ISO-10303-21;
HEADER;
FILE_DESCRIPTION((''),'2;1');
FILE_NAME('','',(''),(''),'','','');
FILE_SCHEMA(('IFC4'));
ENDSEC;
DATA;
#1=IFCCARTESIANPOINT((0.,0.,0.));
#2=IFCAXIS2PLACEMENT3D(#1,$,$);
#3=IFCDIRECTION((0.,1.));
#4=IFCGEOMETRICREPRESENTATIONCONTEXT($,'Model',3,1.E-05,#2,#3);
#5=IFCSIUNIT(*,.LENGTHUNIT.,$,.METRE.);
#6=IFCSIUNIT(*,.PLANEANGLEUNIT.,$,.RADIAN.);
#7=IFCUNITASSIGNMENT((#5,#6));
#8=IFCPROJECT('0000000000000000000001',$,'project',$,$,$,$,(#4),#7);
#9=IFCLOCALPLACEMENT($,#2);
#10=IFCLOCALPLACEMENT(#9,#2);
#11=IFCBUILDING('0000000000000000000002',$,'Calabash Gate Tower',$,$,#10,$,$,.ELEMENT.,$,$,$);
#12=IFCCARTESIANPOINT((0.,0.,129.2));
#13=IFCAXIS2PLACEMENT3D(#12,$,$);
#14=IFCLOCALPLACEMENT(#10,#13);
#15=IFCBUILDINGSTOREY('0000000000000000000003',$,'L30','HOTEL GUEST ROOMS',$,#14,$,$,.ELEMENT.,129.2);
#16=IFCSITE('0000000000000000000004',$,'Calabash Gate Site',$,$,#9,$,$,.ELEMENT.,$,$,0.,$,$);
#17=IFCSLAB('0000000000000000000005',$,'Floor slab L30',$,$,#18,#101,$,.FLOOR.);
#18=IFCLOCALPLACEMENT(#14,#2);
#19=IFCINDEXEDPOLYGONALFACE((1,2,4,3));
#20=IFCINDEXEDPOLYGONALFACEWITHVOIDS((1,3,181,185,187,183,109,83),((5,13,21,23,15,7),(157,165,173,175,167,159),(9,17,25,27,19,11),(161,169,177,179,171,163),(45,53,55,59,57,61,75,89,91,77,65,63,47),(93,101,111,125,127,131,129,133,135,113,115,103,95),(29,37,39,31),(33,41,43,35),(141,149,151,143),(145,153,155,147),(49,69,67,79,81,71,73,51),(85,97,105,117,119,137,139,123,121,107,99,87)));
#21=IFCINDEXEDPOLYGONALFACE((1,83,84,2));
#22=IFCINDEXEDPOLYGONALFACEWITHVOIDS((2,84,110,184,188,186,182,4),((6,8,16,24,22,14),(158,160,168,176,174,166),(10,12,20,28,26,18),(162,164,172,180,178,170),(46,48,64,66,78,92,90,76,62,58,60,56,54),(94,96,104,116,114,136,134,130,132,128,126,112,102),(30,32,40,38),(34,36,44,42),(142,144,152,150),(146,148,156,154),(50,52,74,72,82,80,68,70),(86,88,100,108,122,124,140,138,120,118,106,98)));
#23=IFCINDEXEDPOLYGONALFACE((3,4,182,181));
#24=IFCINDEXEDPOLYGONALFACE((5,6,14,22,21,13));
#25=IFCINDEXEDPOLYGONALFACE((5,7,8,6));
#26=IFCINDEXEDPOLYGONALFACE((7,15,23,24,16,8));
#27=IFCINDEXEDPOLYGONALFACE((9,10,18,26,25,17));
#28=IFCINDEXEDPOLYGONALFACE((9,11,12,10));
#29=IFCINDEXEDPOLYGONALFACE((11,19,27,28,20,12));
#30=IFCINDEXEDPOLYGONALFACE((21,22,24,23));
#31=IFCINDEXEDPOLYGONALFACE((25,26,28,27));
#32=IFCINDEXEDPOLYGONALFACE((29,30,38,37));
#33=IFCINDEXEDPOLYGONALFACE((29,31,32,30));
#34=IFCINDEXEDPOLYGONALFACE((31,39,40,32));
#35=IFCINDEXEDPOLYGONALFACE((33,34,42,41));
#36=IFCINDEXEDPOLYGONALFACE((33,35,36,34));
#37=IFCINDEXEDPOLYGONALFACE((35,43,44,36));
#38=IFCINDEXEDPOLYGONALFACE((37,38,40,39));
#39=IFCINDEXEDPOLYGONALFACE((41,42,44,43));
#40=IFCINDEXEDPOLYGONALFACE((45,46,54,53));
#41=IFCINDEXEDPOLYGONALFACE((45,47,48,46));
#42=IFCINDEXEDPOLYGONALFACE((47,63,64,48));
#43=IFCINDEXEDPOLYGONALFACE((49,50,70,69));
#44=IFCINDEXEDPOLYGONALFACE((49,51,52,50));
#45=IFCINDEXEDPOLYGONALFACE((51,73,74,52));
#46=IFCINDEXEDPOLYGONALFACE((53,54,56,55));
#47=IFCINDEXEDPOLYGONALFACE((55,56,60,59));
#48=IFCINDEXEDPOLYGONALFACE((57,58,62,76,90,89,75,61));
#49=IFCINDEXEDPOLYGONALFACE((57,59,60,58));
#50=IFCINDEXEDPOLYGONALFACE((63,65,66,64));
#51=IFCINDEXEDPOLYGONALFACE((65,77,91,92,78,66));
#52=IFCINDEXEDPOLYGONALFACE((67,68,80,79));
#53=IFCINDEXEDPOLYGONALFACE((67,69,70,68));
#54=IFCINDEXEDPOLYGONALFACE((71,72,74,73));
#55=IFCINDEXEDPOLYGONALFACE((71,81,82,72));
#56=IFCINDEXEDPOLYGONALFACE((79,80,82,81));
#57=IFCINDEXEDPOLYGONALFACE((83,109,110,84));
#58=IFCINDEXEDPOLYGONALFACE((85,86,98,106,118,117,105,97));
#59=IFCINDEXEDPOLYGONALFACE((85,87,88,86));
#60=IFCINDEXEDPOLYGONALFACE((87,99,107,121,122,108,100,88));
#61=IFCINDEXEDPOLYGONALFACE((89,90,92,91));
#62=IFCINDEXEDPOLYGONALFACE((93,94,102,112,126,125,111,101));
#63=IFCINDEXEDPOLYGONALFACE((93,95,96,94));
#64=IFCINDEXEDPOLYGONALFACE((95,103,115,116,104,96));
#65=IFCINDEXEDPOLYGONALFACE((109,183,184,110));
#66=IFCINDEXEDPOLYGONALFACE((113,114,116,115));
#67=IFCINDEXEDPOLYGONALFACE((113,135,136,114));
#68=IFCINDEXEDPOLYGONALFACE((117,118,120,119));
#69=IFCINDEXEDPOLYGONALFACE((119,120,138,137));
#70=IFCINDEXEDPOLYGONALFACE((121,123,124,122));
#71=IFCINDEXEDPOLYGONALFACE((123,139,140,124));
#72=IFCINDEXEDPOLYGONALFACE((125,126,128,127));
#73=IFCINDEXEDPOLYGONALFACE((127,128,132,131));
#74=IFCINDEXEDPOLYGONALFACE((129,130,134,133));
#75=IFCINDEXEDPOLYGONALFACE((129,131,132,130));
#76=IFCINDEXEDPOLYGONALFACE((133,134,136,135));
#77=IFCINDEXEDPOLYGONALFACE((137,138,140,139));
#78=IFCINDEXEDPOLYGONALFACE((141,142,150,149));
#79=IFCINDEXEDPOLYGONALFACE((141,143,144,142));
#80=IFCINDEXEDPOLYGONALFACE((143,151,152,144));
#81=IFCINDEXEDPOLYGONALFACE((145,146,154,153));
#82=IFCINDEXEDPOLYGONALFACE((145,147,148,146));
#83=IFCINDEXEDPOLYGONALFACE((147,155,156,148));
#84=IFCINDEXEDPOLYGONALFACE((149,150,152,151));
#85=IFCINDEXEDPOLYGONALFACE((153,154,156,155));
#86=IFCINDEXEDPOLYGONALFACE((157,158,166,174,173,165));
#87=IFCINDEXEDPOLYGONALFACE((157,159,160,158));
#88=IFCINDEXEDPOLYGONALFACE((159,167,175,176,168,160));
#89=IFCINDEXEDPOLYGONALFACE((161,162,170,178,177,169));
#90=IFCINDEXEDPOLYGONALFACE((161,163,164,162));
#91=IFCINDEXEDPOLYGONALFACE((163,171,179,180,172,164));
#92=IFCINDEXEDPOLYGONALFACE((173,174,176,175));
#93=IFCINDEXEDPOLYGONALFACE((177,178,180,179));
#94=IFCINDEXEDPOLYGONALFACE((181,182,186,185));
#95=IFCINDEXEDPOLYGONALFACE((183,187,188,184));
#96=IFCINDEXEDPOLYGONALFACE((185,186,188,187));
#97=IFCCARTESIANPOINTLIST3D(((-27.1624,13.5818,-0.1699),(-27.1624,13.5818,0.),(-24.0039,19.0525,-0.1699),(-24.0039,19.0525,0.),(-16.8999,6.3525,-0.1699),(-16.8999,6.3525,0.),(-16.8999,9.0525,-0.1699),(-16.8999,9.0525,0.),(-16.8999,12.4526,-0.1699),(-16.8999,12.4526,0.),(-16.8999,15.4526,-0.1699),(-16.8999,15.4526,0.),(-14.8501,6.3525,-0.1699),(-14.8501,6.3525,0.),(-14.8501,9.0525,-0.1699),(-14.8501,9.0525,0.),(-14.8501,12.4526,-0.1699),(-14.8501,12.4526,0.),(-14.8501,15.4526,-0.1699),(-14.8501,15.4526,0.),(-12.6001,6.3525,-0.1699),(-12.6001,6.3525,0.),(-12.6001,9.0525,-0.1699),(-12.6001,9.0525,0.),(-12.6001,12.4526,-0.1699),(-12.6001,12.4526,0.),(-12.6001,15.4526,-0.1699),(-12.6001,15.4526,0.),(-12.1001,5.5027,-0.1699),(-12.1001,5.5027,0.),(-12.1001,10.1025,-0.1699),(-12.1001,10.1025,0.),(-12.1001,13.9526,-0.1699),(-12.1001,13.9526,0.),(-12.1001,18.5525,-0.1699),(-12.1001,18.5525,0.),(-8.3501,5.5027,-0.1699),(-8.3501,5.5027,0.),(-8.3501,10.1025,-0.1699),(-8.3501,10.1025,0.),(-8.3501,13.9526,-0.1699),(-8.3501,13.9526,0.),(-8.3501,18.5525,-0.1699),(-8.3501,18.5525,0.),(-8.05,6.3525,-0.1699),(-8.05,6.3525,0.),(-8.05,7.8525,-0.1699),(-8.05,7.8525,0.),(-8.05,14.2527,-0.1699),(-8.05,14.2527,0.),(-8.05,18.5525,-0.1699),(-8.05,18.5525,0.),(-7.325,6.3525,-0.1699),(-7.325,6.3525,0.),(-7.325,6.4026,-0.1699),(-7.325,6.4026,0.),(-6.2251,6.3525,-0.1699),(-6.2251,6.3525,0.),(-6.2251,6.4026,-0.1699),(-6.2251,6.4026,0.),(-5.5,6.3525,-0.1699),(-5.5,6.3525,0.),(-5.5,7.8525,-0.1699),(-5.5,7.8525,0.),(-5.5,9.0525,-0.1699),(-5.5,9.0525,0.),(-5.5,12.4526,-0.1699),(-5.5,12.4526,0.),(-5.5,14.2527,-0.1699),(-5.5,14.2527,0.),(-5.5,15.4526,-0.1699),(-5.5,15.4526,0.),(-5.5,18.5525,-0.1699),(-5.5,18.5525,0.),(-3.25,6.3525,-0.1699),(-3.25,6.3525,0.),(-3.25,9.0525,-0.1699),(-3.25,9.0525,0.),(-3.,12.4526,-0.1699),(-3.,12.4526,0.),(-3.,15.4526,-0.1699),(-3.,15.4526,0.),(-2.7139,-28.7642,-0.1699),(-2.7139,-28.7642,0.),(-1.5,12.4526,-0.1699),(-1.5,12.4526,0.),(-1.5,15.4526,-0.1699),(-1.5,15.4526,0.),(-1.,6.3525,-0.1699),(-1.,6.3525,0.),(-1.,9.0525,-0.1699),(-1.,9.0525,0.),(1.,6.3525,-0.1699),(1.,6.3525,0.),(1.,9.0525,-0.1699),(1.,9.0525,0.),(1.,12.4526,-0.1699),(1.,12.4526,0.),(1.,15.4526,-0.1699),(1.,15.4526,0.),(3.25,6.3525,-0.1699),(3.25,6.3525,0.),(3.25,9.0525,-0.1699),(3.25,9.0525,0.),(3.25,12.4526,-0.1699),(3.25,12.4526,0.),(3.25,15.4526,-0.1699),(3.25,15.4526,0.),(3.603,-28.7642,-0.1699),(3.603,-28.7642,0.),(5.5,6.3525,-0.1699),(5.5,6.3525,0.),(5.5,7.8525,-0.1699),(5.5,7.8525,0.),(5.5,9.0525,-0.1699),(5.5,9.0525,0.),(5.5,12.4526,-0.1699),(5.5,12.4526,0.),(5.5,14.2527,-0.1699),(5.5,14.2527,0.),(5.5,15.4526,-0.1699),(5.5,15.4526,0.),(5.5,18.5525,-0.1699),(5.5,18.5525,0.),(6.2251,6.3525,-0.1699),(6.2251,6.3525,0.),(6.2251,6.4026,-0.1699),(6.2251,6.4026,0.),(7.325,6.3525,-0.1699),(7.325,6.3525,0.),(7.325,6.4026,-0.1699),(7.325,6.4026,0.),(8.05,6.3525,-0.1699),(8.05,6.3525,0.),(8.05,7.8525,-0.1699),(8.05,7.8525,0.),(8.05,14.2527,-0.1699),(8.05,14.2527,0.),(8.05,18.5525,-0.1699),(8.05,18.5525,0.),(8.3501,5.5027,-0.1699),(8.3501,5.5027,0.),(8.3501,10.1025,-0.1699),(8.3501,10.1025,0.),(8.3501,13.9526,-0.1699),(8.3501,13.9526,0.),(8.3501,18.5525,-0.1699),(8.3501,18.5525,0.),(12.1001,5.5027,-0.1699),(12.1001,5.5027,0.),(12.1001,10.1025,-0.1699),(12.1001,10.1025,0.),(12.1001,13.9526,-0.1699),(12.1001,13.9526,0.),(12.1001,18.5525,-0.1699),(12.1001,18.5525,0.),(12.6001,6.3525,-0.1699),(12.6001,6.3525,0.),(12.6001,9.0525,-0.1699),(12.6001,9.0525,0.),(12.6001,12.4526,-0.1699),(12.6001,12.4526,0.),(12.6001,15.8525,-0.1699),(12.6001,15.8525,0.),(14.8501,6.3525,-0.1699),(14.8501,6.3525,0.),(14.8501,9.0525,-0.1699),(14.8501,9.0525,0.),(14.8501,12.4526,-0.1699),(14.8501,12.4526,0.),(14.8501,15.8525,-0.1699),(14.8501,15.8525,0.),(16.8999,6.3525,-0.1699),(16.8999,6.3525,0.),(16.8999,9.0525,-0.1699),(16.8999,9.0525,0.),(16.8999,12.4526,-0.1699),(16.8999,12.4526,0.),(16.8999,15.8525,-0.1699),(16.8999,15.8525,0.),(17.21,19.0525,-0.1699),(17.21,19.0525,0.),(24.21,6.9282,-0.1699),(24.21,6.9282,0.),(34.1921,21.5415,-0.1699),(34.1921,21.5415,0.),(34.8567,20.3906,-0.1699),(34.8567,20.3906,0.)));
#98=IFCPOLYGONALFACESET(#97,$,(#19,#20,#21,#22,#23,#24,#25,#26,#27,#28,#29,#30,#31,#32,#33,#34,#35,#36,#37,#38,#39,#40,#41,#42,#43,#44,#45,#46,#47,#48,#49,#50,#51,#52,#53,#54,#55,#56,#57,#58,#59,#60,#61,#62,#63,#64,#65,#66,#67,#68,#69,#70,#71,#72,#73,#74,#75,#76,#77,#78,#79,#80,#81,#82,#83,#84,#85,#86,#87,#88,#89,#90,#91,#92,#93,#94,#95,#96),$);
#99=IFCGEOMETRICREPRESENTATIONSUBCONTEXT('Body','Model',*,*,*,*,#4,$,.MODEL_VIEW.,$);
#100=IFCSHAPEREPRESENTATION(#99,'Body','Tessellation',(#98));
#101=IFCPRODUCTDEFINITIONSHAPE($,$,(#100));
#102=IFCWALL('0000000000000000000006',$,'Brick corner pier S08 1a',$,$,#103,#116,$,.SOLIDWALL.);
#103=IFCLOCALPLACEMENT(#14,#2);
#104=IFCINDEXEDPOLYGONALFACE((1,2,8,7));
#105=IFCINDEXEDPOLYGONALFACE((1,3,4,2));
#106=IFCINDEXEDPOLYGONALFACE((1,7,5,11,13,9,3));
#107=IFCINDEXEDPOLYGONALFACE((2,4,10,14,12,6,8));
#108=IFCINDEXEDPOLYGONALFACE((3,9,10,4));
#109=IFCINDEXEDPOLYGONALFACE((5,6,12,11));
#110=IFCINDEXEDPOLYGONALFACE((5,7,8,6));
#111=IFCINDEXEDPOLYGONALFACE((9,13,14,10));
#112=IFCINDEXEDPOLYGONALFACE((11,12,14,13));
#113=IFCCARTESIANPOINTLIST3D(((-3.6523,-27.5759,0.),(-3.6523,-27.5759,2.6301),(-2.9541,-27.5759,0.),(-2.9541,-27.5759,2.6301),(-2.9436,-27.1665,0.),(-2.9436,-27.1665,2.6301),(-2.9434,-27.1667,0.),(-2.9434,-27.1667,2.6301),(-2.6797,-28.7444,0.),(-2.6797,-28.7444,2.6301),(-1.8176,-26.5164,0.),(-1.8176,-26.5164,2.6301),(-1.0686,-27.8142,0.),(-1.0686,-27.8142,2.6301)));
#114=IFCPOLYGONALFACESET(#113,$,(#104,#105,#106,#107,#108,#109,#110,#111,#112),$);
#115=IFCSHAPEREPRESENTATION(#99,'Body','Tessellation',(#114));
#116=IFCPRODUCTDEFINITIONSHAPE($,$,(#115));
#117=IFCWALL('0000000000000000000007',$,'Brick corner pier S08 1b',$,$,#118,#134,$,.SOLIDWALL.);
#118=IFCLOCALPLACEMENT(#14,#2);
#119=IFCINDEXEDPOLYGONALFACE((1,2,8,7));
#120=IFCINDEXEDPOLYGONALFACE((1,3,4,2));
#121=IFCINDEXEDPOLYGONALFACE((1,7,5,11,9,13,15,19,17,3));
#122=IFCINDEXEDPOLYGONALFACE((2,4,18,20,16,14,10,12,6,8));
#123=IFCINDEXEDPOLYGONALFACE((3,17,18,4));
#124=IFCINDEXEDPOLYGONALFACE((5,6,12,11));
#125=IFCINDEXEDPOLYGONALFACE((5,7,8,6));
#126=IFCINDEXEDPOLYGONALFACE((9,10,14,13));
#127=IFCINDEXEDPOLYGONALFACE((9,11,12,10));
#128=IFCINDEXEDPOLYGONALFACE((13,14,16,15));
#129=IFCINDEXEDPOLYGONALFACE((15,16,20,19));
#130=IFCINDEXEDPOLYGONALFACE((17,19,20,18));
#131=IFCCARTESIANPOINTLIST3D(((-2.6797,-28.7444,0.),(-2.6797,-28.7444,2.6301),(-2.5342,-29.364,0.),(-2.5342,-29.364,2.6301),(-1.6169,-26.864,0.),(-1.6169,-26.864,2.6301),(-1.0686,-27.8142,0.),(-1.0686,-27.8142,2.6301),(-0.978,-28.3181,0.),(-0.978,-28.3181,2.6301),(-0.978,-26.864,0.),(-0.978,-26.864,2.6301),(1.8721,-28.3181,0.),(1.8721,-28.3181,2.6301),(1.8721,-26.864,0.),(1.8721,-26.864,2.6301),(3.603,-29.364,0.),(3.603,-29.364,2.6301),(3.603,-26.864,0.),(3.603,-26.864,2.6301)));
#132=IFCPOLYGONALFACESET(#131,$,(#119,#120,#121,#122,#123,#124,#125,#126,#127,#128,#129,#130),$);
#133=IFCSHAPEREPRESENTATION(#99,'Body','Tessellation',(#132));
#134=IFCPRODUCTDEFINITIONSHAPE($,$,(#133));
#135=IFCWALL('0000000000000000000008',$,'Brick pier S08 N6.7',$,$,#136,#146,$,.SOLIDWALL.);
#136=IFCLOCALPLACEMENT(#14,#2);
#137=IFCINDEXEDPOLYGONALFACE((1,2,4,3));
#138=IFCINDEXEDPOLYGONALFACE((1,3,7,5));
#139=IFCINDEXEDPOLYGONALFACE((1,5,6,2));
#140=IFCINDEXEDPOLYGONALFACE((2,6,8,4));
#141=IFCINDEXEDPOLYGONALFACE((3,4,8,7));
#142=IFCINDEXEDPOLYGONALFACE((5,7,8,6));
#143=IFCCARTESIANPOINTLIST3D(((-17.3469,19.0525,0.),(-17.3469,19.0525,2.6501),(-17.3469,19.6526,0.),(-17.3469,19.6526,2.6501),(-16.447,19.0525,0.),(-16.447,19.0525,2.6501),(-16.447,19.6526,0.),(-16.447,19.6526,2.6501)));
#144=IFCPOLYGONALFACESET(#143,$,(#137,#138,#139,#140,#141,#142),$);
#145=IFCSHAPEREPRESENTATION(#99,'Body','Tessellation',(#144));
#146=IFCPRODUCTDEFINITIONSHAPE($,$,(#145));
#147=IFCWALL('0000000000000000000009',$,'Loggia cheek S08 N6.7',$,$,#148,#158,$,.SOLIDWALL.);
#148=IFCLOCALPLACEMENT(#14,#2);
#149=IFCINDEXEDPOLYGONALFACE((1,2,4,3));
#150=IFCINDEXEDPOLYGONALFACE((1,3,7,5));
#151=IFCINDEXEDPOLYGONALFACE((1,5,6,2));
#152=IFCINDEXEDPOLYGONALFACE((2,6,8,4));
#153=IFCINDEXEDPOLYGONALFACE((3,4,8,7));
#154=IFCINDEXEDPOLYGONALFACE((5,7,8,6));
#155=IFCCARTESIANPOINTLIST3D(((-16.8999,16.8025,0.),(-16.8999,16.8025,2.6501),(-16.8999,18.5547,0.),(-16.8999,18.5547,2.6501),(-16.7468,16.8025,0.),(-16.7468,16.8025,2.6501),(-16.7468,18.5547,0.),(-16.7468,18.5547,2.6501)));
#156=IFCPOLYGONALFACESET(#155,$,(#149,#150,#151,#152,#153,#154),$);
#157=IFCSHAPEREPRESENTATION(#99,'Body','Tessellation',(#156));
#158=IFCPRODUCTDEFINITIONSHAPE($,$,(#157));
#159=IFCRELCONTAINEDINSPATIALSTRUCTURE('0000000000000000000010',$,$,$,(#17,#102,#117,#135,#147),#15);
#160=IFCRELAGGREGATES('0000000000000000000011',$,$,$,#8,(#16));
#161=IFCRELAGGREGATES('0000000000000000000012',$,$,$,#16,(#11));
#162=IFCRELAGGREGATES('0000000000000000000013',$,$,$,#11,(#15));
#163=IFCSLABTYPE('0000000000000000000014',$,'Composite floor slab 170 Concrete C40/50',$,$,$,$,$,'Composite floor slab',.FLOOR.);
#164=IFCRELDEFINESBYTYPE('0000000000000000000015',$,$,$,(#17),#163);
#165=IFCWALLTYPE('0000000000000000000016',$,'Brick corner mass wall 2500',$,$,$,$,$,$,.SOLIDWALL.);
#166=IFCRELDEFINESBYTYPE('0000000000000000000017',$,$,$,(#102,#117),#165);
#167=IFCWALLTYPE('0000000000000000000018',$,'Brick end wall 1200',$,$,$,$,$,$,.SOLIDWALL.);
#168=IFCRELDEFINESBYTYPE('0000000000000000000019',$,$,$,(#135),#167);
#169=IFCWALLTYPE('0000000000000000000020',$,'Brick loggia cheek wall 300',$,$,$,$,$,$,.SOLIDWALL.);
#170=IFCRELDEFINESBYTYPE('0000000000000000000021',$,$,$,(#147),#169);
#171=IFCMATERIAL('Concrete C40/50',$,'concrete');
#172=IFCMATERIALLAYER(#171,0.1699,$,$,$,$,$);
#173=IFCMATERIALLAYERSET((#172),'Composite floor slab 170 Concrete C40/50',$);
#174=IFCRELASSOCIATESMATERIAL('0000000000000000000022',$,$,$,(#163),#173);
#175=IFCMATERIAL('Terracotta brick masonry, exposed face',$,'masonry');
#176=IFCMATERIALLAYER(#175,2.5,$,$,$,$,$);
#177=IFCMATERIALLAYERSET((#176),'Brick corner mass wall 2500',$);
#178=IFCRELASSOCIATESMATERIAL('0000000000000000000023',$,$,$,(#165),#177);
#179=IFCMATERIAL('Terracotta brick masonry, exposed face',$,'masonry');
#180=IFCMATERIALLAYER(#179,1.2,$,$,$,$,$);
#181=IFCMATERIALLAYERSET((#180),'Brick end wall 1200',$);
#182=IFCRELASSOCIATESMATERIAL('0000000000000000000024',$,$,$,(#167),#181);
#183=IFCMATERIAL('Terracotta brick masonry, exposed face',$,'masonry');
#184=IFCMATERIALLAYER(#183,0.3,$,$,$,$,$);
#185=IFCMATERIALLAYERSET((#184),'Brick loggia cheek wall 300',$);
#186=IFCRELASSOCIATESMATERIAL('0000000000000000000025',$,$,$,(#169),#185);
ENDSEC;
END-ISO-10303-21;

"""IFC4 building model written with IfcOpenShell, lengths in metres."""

from ifc_helpers import new_model, si_unit, direction, frame, origin, place, context, subcontext, project, spatial, polyline, outline, extrude, material, layer, layer_set, type_object, element, save


model = new_model("IFC4")

# Units and contexts
model_context = context("Model", 3, precision=1e-05, world=origin(), true_north=direction((0.0, 1.0)))
body_context = subcontext(model_context, "Body", "Model", "MODEL_VIEW")
ifc_project = project(units=[si_unit("LENGTHUNIT", "METRE"), si_unit("PLANEANGLEUNIT", "RADIAN")], contexts=[model_context])

# Site, building, storey
site_placement = place(None, origin())
site = spatial("IfcSite", under=ifc_project, at=site_placement, Name="Calabash Gate Site", CompositionType="ELEMENT", RefElevation=0.0)
building_placement = place(site_placement, origin())
building = spatial("IfcBuilding", under=site, at=building_placement, Name="Calabash Gate Tower", CompositionType="ELEMENT")
storey_placement = place(building_placement, frame((0.0, 0.0, 129.2)))
storey = spatial("IfcBuildingStorey", under=building, at=storey_placement, Name="L30", Description="HOTEL GUEST ROOMS", CompositionType="ELEMENT", Elevation=129.2)

# Slab
ifc_material_1 = material(Name="Concrete C40/50", Category="concrete")
ifc_layer_1 = layer(ifc_material_1, 0.1699)
ifc_layer_set_1 = layer_set([ifc_layer_1], Name="Composite floor slab 170 Concrete C40/50")
slab_type = type_object("IfcSlabType", Name="Composite floor slab 170 Concrete C40/50", ElementType="Composite floor slab", PredefinedType="FLOOR", material=ifc_layer_set_1)
slab_placement = place(storey_placement, frame((0.0, 0.0, -0.1699)))
element("IfcSlab", 1, at=slab_placement, inside=storey, type_object=slab_type, Name="Floor slab L30", PredefinedType="FLOOR", context=body_context, shape_type="SweptSolid", body=[
    extrude(outline(polyline([(-27.1624, 13.5818), (-24.0039, 19.0525), (17.21, 19.0525), (34.1921, 21.5415), (34.8567, 20.3906), (24.21, 6.9282), (3.603, -28.7642), (-2.7139, -28.7642), (-27.1624, 13.5818)]), holes=[polyline([(-5.5, 9.0525), (-5.5, 7.8525), (-8.05, 7.8525), (-8.05, 6.3525), (-7.325, 6.3525), (-7.325, 6.4026), (-6.2251, 6.4026), (-6.2251, 6.3525), (-5.5, 6.3525), (-3.25, 6.3525), (-1.0, 6.3525), (-1.0, 9.0525), (-3.25, 9.0525), (-5.5, 9.0525)]), polyline([(5.5, 9.0525), (3.25, 9.0525), (1.0, 9.0525), (1.0, 6.3525), (3.25, 6.3525), (5.5, 6.3525), (6.2251, 6.3525), (6.2251, 6.4026), (7.325, 6.4026), (7.325, 6.3525), (8.05, 6.3525), (8.05, 7.8525), (5.5, 7.8525), (5.5, 9.0525)]), polyline([(-5.5, 14.2527), (-5.5, 12.4526), (-3.0, 12.4526), (-3.0, 15.4526), (-5.5, 15.4526), (-5.5, 18.5525), (-8.05, 18.5525), (-8.05, 14.2527), (-5.5, 14.2527)]), polyline([(8.05, 18.5525), (5.5, 18.5525), (5.5, 15.4526), (3.25, 15.4526), (1.0, 15.4526), (-1.5, 15.4526), (-1.5, 12.4526), (1.0, 12.4526), (3.25, 12.4526), (5.5, 12.4526), (5.5, 14.2527), (8.05, 14.2527), (8.05, 18.5525)]), polyline([(-12.6001, 6.3525), (-12.6001, 9.0525), (-14.8501, 9.0525), (-16.8999, 9.0525), (-16.8999, 6.3525), (-14.8501, 6.3525), (-12.6001, 6.3525)]), polyline([(-14.8501, 12.4526), (-12.6001, 12.4526), (-12.6001, 15.4526), (-14.8501, 15.4526), (-16.8999, 15.4526), (-16.8999, 12.4526), (-14.8501, 12.4526)]), polyline([(14.8501, 6.3525), (16.8999, 6.3525), (16.8999, 9.0525), (14.8501, 9.0525), (12.6001, 9.0525), (12.6001, 6.3525), (14.8501, 6.3525)]), polyline([(14.8501, 12.4526), (16.8999, 12.4526), (16.8999, 15.8525), (14.8501, 15.8525), (12.6001, 15.8525), (12.6001, 12.4526), (14.8501, 12.4526)]), polyline([(-8.3501, 18.5525), (-12.1001, 18.5525), (-12.1001, 13.9526), (-8.3501, 13.9526), (-8.3501, 18.5525)]), polyline([(-12.1001, 10.1025), (-12.1001, 5.5027), (-8.3501, 5.5027), (-8.3501, 10.1025), (-12.1001, 10.1025)]), polyline([(8.3501, 13.9526), (12.1001, 13.9526), (12.1001, 18.5525), (8.3501, 18.5525), (8.3501, 13.9526)]), polyline([(12.1001, 5.5027), (12.1001, 10.1025), (8.3501, 10.1025), (8.3501, 5.5027), (12.1001, 5.5027)])]), origin(), (0.0, 0.0, 1.0), 0.1699),
])

# Walls
ifc_material_2 = material(Name="Terracotta brick masonry, exposed face", Category="masonry")
ifc_layer_2 = layer(ifc_material_2, 2.5)
ifc_layer_set_2 = layer_set([ifc_layer_2], Name="Brick corner mass wall 2500")
wall_type_1 = type_object("IfcWallType", Name="Brick corner mass wall 2500", PredefinedType="SOLIDWALL", material=ifc_layer_set_2)
wall_1_placement = place(storey_placement, origin())
element("IfcWall", 2, at=wall_1_placement, inside=storey, type_object=wall_type_1, Name="Brick corner pier S08 1a", PredefinedType="SOLIDWALL", context=body_context, shape_type="SweptSolid", body=[
    extrude(outline(polyline([(-1.0686, -27.8142), (-1.8176, -26.5164), (-2.9436, -27.1665), (-2.9434, -27.1667), (-3.6523, -27.5759), (-2.9541, -27.5759), (-2.6797, -28.7444), (-1.0686, -27.8142)])), origin(), (0.0, 0.0, 1.0), 2.6301),
])
wall_2_placement = place(storey_placement, origin())
element("IfcWall", 3, at=wall_2_placement, inside=storey, type_object=wall_type_1, Name="Brick corner pier S08 1b", PredefinedType="SOLIDWALL", context=body_context, shape_type="SweptSolid", body=[
    extrude(outline(polyline([(-0.978, -26.864), (-1.6169, -26.864), (-1.0686, -27.8142), (-2.6797, -28.7444), (-2.5342, -29.364), (3.603, -29.364), (3.603, -26.864), (1.8721, -26.864), (1.8721, -28.3181), (-0.978, -28.3181), (-0.978, -26.864)])), origin(), (0.0, 0.0, 1.0), 2.6301),
])
ifc_material_3 = material(Name="Terracotta brick masonry, exposed face", Category="masonry")
ifc_layer_3 = layer(ifc_material_3, 1.2)
ifc_layer_set_3 = layer_set([ifc_layer_3], Name="Brick end wall 1200")
wall_type_2 = type_object("IfcWallType", Name="Brick end wall 1200", PredefinedType="SOLIDWALL", material=ifc_layer_set_3)
wall_3_placement = place(storey_placement, origin())
element("IfcWall", 4, at=wall_3_placement, inside=storey, type_object=wall_type_2, Name="Brick pier S08 N6.7", PredefinedType="SOLIDWALL", context=body_context, shape_type="SweptSolid", body=[
    extrude(outline(polyline([(-16.447, 19.0525), (-16.447, 19.6526), (-17.3469, 19.6526), (-17.3469, 19.0525), (-16.447, 19.0525)])), origin(), (0.0, 0.0, 1.0), 2.6501),
])
ifc_material_4 = material(Name="Terracotta brick masonry, exposed face", Category="masonry")
ifc_layer_4 = layer(ifc_material_4, 0.3)
ifc_layer_set_4 = layer_set([ifc_layer_4], Name="Brick loggia cheek wall 300")
wall_type_3 = type_object("IfcWallType", Name="Brick loggia cheek wall 300", PredefinedType="SOLIDWALL", material=ifc_layer_set_4)
wall_4_placement = place(storey_placement, origin())
element("IfcWall", 5, at=wall_4_placement, inside=storey, type_object=wall_type_3, Name="Loggia cheek S08 N6.7", PredefinedType="SOLIDWALL", context=body_context, shape_type="SweptSolid", body=[
    extrude(outline(polyline([(-16.8999, 18.5547), (-16.7468, 18.5547), (-16.7468, 16.8025), (-16.8999, 16.8025), (-16.8999, 18.5547)])), origin(), (0.0, 0.0, 1.0), 2.6501),
])

save(model, "model.ifc")
